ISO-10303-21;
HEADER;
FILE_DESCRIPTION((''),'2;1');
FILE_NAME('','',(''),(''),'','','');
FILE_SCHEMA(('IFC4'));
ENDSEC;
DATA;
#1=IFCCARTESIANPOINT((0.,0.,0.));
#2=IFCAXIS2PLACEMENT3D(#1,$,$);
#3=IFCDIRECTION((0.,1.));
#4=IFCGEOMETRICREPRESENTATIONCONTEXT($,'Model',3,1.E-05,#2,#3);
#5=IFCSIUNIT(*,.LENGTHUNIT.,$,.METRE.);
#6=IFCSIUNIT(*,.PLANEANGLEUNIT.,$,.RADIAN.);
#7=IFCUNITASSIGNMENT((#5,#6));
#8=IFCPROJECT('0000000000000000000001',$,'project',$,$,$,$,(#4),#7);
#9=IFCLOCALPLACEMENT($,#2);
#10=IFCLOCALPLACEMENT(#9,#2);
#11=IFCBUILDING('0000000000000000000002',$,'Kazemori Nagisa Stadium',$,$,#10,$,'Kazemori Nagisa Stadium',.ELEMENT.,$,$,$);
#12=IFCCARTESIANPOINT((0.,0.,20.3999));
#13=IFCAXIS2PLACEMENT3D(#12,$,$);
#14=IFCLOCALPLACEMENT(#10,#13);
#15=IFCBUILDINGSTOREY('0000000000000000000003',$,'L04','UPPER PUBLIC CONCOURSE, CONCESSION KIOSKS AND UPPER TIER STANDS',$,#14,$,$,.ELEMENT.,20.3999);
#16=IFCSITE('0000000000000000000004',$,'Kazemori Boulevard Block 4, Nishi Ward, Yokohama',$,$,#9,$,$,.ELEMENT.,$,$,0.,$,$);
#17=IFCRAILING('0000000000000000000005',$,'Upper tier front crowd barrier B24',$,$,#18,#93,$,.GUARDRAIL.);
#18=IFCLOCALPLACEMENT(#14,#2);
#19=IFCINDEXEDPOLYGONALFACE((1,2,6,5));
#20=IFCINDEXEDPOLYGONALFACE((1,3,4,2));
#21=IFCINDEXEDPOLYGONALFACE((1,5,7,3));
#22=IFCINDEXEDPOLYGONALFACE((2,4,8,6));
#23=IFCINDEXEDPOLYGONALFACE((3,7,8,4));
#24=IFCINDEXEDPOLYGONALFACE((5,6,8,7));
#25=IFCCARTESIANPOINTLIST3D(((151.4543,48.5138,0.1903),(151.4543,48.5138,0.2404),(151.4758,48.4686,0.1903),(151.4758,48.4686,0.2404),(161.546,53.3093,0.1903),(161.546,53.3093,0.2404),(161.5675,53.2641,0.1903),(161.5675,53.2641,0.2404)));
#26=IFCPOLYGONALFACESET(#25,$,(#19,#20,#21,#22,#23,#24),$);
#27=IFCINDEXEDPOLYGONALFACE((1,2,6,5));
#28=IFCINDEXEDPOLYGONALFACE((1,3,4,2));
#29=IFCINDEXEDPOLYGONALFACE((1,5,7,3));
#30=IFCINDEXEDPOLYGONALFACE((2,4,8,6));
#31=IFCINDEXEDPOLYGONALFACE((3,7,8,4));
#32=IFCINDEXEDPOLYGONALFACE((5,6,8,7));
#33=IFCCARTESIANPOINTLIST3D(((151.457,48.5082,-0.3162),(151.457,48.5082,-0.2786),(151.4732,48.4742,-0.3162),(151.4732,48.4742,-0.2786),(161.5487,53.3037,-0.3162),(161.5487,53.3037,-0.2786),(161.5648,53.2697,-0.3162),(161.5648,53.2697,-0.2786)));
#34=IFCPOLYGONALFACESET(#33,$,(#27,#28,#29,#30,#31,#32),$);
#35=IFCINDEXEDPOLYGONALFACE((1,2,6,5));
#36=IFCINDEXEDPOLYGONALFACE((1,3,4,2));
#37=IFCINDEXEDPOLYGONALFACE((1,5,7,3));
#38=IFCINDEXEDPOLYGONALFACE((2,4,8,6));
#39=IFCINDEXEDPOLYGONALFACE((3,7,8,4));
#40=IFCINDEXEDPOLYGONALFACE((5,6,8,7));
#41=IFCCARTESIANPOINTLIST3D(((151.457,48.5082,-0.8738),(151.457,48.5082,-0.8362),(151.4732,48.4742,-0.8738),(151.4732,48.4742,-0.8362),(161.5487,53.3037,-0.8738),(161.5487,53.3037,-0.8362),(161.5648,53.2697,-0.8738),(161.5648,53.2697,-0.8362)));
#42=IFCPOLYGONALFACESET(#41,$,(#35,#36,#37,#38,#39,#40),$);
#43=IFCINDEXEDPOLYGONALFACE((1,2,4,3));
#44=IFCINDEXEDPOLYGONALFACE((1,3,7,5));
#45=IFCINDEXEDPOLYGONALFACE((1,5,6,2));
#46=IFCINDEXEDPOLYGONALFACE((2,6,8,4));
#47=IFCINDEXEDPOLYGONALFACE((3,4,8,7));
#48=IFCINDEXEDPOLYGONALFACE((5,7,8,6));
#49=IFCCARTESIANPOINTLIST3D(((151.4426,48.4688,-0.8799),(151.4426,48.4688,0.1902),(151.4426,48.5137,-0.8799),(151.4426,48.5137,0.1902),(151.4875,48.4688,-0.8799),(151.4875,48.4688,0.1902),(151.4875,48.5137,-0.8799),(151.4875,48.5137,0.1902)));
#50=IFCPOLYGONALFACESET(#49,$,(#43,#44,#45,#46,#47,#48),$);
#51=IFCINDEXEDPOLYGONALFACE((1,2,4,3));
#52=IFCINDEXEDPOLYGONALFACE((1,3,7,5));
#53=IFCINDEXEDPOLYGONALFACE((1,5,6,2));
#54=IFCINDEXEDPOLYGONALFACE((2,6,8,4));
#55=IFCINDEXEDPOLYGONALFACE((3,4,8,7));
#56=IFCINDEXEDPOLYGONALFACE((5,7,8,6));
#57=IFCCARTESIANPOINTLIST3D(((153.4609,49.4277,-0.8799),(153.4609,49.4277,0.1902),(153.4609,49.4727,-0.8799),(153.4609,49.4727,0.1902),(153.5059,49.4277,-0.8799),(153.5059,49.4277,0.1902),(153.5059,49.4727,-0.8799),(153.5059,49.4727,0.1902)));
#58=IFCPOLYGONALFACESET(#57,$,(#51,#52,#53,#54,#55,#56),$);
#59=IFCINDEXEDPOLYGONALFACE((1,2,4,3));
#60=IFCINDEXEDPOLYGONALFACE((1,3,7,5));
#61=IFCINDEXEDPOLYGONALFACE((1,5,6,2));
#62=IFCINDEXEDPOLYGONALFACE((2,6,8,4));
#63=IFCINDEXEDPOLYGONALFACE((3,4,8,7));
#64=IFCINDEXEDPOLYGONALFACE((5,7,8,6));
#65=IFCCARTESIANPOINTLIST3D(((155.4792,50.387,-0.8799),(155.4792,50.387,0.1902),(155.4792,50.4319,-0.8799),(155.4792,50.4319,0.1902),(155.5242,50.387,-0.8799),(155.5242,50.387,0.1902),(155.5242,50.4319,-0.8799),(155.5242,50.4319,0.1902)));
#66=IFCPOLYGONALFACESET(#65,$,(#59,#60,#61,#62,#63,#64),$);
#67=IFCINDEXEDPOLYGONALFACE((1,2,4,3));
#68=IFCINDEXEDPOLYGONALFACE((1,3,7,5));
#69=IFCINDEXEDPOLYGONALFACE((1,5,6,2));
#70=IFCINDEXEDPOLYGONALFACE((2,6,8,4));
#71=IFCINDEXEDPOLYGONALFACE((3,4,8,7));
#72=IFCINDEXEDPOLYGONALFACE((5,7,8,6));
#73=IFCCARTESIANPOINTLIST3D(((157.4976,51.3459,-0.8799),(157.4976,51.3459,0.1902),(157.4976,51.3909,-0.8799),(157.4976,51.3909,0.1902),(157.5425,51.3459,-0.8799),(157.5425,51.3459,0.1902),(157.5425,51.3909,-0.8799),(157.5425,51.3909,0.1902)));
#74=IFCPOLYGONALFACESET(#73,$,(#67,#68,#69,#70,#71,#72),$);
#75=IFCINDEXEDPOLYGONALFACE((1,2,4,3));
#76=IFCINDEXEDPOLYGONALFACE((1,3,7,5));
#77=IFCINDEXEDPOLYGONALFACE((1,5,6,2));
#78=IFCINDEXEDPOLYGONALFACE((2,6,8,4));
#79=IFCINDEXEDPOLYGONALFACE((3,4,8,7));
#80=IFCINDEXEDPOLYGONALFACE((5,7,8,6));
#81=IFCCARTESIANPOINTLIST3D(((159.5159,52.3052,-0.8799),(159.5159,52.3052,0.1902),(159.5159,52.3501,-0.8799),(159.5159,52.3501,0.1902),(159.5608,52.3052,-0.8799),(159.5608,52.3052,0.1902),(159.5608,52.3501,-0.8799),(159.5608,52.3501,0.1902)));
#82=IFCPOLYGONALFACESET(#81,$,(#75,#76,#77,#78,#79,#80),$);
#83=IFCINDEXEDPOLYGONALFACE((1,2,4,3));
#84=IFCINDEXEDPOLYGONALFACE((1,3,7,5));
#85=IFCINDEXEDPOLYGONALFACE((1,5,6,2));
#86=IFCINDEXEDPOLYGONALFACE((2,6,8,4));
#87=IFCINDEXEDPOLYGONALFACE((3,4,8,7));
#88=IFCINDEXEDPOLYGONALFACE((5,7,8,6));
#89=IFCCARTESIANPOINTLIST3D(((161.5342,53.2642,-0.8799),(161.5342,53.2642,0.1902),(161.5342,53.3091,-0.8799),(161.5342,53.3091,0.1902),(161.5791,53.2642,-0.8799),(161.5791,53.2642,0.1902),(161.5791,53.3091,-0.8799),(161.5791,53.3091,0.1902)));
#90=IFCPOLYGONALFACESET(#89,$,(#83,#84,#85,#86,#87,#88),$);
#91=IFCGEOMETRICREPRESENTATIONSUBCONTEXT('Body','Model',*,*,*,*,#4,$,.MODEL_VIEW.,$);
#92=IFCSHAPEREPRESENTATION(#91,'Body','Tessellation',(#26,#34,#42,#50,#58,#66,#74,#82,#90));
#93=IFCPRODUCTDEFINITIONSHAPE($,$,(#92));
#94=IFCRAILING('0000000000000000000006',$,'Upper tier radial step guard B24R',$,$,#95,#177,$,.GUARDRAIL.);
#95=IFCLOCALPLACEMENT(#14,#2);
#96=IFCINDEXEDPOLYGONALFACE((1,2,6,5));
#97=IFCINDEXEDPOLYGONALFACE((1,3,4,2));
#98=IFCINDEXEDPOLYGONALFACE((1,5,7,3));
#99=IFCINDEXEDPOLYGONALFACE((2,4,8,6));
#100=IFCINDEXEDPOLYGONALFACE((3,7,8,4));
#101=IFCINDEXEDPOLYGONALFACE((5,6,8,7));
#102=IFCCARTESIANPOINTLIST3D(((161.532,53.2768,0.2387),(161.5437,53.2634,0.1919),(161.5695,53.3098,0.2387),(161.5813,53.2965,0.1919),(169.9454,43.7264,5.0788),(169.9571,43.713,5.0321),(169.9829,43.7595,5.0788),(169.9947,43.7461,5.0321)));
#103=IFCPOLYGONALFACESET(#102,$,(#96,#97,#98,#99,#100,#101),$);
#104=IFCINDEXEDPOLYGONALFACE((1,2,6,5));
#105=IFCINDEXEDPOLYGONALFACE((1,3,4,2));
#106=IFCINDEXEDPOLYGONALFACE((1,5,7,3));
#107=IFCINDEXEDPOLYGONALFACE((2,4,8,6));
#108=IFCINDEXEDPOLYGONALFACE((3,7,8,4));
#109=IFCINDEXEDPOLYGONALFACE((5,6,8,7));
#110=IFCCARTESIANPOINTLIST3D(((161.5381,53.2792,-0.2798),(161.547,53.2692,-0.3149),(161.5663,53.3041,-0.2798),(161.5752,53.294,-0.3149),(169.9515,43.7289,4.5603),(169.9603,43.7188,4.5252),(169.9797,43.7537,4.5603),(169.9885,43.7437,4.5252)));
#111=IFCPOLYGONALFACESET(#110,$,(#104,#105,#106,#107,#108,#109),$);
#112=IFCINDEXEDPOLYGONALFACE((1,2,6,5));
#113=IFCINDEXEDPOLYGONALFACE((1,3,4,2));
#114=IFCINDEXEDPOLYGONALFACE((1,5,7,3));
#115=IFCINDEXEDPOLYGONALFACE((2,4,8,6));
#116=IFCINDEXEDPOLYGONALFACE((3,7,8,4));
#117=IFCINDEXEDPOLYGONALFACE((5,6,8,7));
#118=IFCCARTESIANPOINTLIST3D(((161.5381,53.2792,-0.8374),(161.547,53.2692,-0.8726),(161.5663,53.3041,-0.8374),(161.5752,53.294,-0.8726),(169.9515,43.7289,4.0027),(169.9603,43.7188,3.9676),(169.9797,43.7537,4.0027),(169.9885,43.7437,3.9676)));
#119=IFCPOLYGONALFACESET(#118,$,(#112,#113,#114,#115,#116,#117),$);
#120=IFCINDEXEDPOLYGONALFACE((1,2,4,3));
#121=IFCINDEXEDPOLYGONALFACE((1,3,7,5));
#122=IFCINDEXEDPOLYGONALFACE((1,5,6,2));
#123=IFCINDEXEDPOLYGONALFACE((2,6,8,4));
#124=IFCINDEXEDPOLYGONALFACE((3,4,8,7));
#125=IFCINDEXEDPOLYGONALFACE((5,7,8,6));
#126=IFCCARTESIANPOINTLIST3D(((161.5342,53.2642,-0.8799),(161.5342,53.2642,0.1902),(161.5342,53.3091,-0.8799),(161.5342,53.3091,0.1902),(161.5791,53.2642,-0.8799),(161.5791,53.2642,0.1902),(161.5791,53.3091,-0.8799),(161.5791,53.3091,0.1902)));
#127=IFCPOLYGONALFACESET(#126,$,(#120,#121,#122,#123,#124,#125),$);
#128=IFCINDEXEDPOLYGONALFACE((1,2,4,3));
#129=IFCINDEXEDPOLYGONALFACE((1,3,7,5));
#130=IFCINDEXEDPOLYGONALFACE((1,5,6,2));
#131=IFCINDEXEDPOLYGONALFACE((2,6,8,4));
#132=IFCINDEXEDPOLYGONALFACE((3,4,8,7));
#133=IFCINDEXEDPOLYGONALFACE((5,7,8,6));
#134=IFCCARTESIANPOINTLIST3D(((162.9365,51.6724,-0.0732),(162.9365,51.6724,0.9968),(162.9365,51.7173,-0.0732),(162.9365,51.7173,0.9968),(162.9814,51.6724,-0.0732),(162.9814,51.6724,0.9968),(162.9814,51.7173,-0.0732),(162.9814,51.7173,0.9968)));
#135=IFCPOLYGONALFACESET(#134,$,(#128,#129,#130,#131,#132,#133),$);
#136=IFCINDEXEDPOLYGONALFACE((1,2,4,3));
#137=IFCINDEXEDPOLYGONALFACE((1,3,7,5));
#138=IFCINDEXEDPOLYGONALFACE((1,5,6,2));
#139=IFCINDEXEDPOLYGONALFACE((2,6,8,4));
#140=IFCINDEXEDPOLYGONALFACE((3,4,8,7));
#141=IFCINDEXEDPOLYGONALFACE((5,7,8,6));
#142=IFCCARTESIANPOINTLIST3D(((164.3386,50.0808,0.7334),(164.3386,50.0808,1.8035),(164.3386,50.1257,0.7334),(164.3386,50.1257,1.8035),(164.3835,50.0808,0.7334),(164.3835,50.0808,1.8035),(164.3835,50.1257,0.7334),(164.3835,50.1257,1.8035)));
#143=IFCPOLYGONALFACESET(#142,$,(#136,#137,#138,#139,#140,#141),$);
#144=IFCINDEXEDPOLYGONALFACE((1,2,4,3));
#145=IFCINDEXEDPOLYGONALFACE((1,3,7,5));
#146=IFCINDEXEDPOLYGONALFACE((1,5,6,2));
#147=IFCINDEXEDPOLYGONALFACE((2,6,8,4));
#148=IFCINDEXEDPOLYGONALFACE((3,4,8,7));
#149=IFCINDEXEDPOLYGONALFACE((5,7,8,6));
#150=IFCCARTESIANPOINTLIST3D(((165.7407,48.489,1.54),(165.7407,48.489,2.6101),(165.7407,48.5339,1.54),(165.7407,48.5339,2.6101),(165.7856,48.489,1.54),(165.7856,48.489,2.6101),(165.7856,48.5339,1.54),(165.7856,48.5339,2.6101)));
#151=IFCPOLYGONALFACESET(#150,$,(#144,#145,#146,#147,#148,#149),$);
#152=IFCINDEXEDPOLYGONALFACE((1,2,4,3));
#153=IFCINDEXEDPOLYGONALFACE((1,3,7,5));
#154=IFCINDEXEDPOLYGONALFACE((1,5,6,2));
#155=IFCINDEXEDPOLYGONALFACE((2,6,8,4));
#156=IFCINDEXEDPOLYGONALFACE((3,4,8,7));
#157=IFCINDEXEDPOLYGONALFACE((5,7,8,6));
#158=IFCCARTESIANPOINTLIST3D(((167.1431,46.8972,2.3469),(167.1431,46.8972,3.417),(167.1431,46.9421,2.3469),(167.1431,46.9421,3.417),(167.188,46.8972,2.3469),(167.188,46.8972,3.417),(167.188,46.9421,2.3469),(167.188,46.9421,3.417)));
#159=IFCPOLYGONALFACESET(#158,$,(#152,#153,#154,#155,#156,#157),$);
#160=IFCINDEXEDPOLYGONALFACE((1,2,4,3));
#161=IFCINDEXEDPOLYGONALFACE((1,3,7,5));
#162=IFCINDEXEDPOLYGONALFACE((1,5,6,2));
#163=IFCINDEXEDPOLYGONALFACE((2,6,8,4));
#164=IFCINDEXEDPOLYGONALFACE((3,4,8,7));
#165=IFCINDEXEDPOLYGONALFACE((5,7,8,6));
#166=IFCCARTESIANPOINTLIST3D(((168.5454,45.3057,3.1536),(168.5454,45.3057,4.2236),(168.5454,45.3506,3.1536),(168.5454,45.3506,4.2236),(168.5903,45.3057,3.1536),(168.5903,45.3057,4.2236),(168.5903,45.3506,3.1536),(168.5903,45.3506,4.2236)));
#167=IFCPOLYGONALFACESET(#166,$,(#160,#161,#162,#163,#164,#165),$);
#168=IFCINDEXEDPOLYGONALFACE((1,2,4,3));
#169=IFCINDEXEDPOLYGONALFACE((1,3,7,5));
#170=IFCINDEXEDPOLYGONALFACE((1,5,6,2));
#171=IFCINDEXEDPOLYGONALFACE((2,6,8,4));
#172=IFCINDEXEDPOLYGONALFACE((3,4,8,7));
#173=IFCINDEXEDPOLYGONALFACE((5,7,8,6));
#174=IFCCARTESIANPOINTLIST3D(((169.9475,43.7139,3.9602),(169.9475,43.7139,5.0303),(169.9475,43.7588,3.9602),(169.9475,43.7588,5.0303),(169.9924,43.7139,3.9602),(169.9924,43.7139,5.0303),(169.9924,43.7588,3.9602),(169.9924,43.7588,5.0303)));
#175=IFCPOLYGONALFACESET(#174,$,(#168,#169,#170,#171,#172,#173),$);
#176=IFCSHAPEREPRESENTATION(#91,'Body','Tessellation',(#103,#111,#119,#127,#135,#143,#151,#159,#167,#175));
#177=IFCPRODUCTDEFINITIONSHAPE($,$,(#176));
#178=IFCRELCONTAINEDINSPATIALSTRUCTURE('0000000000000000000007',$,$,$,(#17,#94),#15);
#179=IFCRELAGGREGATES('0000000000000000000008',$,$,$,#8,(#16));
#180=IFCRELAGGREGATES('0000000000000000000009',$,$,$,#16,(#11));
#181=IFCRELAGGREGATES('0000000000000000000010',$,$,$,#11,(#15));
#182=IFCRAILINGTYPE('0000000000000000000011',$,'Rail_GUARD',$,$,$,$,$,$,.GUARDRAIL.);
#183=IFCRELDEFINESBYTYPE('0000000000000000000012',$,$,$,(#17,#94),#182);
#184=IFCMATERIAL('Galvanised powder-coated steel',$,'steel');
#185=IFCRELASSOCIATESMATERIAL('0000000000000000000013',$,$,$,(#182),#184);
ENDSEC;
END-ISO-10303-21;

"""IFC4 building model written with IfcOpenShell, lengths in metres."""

from ifc_helpers import new_model, si_unit, direction, frame, origin, origin_2d, place, context, subcontext, project, spatial, rectangle, extrude, material, type_object, element, save


model = new_model("IFC4")

# Units and contexts
model_context = context("Model", 3, precision=1e-05, world=origin(), true_north=direction((0.0, 1.0)))
body_context = subcontext(model_context, "Body", "Model", "MODEL_VIEW")
ifc_project = project(units=[si_unit("LENGTHUNIT", "METRE"), si_unit("PLANEANGLEUNIT", "RADIAN")], contexts=[model_context])

# Site, building, storey
site_placement = place(None, origin())
site = spatial("IfcSite", under=ifc_project, at=site_placement, Name="Kazemori Boulevard Block 4, Nishi Ward, Yokohama", CompositionType="ELEMENT", RefElevation=0.0)
building_placement = place(site_placement, origin())
building = spatial("IfcBuilding", under=site, at=building_placement, Name="Kazemori Nagisa Stadium", LongName="Kazemori Nagisa Stadium", CompositionType="ELEMENT")
storey_placement = place(building_placement, frame((0.0, 0.0, 20.3999)))
storey = spatial("IfcBuildingStorey", under=building, at=storey_placement, Name="L04", Description="UPPER PUBLIC CONCOURSE, CONCESSION KIOSKS AND UPPER TIER STANDS", CompositionType="ELEMENT", Elevation=20.3999)

# Railings
ifc_material_1 = material(Name="Galvanised powder-coated steel", Category="steel")
railing_type = type_object("IfcRailingType", Name="Rail_GUARD", PredefinedType="GUARDRAIL", material=ifc_material_1)
railing_1_placement = place(storey_placement, frame((151.4651, 48.4912, -0.8799)))
element("IfcRailing", 1, at=railing_1_placement, inside=storey, type_object=railing_type, Name="Upper tier front crowd barrier B24", PredefinedType="GUARDRAIL", context=body_context, shape_type="SweptSolid", body=[
    extrude(rectangle(XDim=0.05, YDim=0.05, at=origin_2d()), frame((0.0, 0.0, 1.0952), z_axis=(0.903211, 0.429197, 0.0), x_axis=(-0.429197, 0.903211, 0.0)), (0.0, 0.0, 1.0), 11.1731),
    extrude(rectangle(XDim=0.0376, YDim=0.0376, at=origin_2d()), frame((0.0, 0.0, 0.5825), z_axis=(0.903211, 0.429197, 0.0), x_axis=(-0.429197, 0.903211, 0.0)), (0.0, 0.0, 1.0), 11.1731),
    extrude(rectangle(XDim=0.0376, YDim=0.0376, at=origin_2d()), frame((0.0, 0.0, 0.0249), z_axis=(0.903211, 0.429197, 0.0), x_axis=(-0.429197, 0.903211, 0.0)), (0.0, 0.0, 1.0), 11.1731),
    extrude(rectangle(XDim=0.0449, YDim=0.0449, at=origin_2d()), origin(), (0.0, 0.0, 1.0), 1.0701),
    extrude(rectangle(XDim=0.0449, YDim=0.0449, at=origin_2d()), frame((2.0183, 0.959, 0.0)), (0.0, 0.0, 1.0), 1.0701),
    extrude(rectangle(XDim=0.0449, YDim=0.0449, at=origin_2d()), frame((4.0366, 1.9182, 0.0)), (0.0, 0.0, 1.0), 1.0701),
    extrude(rectangle(XDim=0.0449, YDim=0.0449, at=origin_2d()), frame((6.0549, 2.8772, 0.0)), (0.0, 0.0, 1.0), 1.0701),
    extrude(rectangle(XDim=0.0449, YDim=0.0449, at=origin_2d()), frame((8.0732, 3.8364, 0.0)), (0.0, 0.0, 1.0), 1.0701),
    extrude(rectangle(XDim=0.0449, YDim=0.0449, at=origin_2d()), frame((10.0916, 4.7954, 0.0)), (0.0, 0.0, 1.0), 1.0701),
])
railing_2_placement = place(storey_placement, frame((161.5566, 53.2866, -0.8799)))
element("IfcRailing", 2, at=railing_2_placement, inside=storey, type_object=railing_type, Name="Upper tier radial step guard B24R", PredefinedType="GUARDRAIL", context=body_context, shape_type="SweptSolid", body=[
    extrude(rectangle(XDim=0.05, YDim=0.05, at=origin_2d()), frame((0.0, 0.0, 1.0952), z_axis=(0.617862, -0.701358, 0.355448), x_axis=(0.75036, 0.66103, 0.0)), (0.0, 0.0, 1.0), 13.6169),
    extrude(rectangle(XDim=0.0376, YDim=0.0376, at=origin_2d()), frame((0.0, 0.0, 0.5825), z_axis=(0.617862, -0.701358, 0.355448), x_axis=(0.75036, 0.66103, 0.0)), (0.0, 0.0, 1.0), 13.6169),
    extrude(rectangle(XDim=0.0376, YDim=0.0376, at=origin_2d()), frame((0.0, 0.0, 0.0249), z_axis=(0.617862, -0.701358, 0.355448), x_axis=(0.75036, 0.66103, 0.0)), (0.0, 0.0, 1.0), 13.6169),
    extrude(rectangle(XDim=0.0449, YDim=0.0449, at=origin_2d()), origin(), (0.0, 0.0, 1.0), 1.0701),
    extrude(rectangle(XDim=0.0449, YDim=0.0449, at=origin_2d()), frame((1.4023, -1.5918, 0.8066)), (0.0, 0.0, 1.0), 1.0701),
    extrude(rectangle(XDim=0.0449, YDim=0.0449, at=origin_2d()), frame((2.8044, -3.1833, 1.6133)), (0.0, 0.0, 1.0), 1.0701),
    extrude(rectangle(XDim=0.0449, YDim=0.0449, at=origin_2d()), frame((4.2065, -4.7751, 2.4199)), (0.0, 0.0, 1.0), 1.0701),
    extrude(rectangle(XDim=0.0449, YDim=0.0449, at=origin_2d()), frame((5.6089, -6.3669, 3.2268)), (0.0, 0.0, 1.0), 1.0701),
    extrude(rectangle(XDim=0.0449, YDim=0.0449, at=origin_2d()), frame((7.0112, -7.9585, 4.0334)), (0.0, 0.0, 1.0), 1.0701),
    extrude(rectangle(XDim=0.0449, YDim=0.0449, at=origin_2d()), frame((8.4133, -9.5503, 4.8401)), (0.0, 0.0, 1.0), 1.0701),
])

save(model, "model.ifc")
